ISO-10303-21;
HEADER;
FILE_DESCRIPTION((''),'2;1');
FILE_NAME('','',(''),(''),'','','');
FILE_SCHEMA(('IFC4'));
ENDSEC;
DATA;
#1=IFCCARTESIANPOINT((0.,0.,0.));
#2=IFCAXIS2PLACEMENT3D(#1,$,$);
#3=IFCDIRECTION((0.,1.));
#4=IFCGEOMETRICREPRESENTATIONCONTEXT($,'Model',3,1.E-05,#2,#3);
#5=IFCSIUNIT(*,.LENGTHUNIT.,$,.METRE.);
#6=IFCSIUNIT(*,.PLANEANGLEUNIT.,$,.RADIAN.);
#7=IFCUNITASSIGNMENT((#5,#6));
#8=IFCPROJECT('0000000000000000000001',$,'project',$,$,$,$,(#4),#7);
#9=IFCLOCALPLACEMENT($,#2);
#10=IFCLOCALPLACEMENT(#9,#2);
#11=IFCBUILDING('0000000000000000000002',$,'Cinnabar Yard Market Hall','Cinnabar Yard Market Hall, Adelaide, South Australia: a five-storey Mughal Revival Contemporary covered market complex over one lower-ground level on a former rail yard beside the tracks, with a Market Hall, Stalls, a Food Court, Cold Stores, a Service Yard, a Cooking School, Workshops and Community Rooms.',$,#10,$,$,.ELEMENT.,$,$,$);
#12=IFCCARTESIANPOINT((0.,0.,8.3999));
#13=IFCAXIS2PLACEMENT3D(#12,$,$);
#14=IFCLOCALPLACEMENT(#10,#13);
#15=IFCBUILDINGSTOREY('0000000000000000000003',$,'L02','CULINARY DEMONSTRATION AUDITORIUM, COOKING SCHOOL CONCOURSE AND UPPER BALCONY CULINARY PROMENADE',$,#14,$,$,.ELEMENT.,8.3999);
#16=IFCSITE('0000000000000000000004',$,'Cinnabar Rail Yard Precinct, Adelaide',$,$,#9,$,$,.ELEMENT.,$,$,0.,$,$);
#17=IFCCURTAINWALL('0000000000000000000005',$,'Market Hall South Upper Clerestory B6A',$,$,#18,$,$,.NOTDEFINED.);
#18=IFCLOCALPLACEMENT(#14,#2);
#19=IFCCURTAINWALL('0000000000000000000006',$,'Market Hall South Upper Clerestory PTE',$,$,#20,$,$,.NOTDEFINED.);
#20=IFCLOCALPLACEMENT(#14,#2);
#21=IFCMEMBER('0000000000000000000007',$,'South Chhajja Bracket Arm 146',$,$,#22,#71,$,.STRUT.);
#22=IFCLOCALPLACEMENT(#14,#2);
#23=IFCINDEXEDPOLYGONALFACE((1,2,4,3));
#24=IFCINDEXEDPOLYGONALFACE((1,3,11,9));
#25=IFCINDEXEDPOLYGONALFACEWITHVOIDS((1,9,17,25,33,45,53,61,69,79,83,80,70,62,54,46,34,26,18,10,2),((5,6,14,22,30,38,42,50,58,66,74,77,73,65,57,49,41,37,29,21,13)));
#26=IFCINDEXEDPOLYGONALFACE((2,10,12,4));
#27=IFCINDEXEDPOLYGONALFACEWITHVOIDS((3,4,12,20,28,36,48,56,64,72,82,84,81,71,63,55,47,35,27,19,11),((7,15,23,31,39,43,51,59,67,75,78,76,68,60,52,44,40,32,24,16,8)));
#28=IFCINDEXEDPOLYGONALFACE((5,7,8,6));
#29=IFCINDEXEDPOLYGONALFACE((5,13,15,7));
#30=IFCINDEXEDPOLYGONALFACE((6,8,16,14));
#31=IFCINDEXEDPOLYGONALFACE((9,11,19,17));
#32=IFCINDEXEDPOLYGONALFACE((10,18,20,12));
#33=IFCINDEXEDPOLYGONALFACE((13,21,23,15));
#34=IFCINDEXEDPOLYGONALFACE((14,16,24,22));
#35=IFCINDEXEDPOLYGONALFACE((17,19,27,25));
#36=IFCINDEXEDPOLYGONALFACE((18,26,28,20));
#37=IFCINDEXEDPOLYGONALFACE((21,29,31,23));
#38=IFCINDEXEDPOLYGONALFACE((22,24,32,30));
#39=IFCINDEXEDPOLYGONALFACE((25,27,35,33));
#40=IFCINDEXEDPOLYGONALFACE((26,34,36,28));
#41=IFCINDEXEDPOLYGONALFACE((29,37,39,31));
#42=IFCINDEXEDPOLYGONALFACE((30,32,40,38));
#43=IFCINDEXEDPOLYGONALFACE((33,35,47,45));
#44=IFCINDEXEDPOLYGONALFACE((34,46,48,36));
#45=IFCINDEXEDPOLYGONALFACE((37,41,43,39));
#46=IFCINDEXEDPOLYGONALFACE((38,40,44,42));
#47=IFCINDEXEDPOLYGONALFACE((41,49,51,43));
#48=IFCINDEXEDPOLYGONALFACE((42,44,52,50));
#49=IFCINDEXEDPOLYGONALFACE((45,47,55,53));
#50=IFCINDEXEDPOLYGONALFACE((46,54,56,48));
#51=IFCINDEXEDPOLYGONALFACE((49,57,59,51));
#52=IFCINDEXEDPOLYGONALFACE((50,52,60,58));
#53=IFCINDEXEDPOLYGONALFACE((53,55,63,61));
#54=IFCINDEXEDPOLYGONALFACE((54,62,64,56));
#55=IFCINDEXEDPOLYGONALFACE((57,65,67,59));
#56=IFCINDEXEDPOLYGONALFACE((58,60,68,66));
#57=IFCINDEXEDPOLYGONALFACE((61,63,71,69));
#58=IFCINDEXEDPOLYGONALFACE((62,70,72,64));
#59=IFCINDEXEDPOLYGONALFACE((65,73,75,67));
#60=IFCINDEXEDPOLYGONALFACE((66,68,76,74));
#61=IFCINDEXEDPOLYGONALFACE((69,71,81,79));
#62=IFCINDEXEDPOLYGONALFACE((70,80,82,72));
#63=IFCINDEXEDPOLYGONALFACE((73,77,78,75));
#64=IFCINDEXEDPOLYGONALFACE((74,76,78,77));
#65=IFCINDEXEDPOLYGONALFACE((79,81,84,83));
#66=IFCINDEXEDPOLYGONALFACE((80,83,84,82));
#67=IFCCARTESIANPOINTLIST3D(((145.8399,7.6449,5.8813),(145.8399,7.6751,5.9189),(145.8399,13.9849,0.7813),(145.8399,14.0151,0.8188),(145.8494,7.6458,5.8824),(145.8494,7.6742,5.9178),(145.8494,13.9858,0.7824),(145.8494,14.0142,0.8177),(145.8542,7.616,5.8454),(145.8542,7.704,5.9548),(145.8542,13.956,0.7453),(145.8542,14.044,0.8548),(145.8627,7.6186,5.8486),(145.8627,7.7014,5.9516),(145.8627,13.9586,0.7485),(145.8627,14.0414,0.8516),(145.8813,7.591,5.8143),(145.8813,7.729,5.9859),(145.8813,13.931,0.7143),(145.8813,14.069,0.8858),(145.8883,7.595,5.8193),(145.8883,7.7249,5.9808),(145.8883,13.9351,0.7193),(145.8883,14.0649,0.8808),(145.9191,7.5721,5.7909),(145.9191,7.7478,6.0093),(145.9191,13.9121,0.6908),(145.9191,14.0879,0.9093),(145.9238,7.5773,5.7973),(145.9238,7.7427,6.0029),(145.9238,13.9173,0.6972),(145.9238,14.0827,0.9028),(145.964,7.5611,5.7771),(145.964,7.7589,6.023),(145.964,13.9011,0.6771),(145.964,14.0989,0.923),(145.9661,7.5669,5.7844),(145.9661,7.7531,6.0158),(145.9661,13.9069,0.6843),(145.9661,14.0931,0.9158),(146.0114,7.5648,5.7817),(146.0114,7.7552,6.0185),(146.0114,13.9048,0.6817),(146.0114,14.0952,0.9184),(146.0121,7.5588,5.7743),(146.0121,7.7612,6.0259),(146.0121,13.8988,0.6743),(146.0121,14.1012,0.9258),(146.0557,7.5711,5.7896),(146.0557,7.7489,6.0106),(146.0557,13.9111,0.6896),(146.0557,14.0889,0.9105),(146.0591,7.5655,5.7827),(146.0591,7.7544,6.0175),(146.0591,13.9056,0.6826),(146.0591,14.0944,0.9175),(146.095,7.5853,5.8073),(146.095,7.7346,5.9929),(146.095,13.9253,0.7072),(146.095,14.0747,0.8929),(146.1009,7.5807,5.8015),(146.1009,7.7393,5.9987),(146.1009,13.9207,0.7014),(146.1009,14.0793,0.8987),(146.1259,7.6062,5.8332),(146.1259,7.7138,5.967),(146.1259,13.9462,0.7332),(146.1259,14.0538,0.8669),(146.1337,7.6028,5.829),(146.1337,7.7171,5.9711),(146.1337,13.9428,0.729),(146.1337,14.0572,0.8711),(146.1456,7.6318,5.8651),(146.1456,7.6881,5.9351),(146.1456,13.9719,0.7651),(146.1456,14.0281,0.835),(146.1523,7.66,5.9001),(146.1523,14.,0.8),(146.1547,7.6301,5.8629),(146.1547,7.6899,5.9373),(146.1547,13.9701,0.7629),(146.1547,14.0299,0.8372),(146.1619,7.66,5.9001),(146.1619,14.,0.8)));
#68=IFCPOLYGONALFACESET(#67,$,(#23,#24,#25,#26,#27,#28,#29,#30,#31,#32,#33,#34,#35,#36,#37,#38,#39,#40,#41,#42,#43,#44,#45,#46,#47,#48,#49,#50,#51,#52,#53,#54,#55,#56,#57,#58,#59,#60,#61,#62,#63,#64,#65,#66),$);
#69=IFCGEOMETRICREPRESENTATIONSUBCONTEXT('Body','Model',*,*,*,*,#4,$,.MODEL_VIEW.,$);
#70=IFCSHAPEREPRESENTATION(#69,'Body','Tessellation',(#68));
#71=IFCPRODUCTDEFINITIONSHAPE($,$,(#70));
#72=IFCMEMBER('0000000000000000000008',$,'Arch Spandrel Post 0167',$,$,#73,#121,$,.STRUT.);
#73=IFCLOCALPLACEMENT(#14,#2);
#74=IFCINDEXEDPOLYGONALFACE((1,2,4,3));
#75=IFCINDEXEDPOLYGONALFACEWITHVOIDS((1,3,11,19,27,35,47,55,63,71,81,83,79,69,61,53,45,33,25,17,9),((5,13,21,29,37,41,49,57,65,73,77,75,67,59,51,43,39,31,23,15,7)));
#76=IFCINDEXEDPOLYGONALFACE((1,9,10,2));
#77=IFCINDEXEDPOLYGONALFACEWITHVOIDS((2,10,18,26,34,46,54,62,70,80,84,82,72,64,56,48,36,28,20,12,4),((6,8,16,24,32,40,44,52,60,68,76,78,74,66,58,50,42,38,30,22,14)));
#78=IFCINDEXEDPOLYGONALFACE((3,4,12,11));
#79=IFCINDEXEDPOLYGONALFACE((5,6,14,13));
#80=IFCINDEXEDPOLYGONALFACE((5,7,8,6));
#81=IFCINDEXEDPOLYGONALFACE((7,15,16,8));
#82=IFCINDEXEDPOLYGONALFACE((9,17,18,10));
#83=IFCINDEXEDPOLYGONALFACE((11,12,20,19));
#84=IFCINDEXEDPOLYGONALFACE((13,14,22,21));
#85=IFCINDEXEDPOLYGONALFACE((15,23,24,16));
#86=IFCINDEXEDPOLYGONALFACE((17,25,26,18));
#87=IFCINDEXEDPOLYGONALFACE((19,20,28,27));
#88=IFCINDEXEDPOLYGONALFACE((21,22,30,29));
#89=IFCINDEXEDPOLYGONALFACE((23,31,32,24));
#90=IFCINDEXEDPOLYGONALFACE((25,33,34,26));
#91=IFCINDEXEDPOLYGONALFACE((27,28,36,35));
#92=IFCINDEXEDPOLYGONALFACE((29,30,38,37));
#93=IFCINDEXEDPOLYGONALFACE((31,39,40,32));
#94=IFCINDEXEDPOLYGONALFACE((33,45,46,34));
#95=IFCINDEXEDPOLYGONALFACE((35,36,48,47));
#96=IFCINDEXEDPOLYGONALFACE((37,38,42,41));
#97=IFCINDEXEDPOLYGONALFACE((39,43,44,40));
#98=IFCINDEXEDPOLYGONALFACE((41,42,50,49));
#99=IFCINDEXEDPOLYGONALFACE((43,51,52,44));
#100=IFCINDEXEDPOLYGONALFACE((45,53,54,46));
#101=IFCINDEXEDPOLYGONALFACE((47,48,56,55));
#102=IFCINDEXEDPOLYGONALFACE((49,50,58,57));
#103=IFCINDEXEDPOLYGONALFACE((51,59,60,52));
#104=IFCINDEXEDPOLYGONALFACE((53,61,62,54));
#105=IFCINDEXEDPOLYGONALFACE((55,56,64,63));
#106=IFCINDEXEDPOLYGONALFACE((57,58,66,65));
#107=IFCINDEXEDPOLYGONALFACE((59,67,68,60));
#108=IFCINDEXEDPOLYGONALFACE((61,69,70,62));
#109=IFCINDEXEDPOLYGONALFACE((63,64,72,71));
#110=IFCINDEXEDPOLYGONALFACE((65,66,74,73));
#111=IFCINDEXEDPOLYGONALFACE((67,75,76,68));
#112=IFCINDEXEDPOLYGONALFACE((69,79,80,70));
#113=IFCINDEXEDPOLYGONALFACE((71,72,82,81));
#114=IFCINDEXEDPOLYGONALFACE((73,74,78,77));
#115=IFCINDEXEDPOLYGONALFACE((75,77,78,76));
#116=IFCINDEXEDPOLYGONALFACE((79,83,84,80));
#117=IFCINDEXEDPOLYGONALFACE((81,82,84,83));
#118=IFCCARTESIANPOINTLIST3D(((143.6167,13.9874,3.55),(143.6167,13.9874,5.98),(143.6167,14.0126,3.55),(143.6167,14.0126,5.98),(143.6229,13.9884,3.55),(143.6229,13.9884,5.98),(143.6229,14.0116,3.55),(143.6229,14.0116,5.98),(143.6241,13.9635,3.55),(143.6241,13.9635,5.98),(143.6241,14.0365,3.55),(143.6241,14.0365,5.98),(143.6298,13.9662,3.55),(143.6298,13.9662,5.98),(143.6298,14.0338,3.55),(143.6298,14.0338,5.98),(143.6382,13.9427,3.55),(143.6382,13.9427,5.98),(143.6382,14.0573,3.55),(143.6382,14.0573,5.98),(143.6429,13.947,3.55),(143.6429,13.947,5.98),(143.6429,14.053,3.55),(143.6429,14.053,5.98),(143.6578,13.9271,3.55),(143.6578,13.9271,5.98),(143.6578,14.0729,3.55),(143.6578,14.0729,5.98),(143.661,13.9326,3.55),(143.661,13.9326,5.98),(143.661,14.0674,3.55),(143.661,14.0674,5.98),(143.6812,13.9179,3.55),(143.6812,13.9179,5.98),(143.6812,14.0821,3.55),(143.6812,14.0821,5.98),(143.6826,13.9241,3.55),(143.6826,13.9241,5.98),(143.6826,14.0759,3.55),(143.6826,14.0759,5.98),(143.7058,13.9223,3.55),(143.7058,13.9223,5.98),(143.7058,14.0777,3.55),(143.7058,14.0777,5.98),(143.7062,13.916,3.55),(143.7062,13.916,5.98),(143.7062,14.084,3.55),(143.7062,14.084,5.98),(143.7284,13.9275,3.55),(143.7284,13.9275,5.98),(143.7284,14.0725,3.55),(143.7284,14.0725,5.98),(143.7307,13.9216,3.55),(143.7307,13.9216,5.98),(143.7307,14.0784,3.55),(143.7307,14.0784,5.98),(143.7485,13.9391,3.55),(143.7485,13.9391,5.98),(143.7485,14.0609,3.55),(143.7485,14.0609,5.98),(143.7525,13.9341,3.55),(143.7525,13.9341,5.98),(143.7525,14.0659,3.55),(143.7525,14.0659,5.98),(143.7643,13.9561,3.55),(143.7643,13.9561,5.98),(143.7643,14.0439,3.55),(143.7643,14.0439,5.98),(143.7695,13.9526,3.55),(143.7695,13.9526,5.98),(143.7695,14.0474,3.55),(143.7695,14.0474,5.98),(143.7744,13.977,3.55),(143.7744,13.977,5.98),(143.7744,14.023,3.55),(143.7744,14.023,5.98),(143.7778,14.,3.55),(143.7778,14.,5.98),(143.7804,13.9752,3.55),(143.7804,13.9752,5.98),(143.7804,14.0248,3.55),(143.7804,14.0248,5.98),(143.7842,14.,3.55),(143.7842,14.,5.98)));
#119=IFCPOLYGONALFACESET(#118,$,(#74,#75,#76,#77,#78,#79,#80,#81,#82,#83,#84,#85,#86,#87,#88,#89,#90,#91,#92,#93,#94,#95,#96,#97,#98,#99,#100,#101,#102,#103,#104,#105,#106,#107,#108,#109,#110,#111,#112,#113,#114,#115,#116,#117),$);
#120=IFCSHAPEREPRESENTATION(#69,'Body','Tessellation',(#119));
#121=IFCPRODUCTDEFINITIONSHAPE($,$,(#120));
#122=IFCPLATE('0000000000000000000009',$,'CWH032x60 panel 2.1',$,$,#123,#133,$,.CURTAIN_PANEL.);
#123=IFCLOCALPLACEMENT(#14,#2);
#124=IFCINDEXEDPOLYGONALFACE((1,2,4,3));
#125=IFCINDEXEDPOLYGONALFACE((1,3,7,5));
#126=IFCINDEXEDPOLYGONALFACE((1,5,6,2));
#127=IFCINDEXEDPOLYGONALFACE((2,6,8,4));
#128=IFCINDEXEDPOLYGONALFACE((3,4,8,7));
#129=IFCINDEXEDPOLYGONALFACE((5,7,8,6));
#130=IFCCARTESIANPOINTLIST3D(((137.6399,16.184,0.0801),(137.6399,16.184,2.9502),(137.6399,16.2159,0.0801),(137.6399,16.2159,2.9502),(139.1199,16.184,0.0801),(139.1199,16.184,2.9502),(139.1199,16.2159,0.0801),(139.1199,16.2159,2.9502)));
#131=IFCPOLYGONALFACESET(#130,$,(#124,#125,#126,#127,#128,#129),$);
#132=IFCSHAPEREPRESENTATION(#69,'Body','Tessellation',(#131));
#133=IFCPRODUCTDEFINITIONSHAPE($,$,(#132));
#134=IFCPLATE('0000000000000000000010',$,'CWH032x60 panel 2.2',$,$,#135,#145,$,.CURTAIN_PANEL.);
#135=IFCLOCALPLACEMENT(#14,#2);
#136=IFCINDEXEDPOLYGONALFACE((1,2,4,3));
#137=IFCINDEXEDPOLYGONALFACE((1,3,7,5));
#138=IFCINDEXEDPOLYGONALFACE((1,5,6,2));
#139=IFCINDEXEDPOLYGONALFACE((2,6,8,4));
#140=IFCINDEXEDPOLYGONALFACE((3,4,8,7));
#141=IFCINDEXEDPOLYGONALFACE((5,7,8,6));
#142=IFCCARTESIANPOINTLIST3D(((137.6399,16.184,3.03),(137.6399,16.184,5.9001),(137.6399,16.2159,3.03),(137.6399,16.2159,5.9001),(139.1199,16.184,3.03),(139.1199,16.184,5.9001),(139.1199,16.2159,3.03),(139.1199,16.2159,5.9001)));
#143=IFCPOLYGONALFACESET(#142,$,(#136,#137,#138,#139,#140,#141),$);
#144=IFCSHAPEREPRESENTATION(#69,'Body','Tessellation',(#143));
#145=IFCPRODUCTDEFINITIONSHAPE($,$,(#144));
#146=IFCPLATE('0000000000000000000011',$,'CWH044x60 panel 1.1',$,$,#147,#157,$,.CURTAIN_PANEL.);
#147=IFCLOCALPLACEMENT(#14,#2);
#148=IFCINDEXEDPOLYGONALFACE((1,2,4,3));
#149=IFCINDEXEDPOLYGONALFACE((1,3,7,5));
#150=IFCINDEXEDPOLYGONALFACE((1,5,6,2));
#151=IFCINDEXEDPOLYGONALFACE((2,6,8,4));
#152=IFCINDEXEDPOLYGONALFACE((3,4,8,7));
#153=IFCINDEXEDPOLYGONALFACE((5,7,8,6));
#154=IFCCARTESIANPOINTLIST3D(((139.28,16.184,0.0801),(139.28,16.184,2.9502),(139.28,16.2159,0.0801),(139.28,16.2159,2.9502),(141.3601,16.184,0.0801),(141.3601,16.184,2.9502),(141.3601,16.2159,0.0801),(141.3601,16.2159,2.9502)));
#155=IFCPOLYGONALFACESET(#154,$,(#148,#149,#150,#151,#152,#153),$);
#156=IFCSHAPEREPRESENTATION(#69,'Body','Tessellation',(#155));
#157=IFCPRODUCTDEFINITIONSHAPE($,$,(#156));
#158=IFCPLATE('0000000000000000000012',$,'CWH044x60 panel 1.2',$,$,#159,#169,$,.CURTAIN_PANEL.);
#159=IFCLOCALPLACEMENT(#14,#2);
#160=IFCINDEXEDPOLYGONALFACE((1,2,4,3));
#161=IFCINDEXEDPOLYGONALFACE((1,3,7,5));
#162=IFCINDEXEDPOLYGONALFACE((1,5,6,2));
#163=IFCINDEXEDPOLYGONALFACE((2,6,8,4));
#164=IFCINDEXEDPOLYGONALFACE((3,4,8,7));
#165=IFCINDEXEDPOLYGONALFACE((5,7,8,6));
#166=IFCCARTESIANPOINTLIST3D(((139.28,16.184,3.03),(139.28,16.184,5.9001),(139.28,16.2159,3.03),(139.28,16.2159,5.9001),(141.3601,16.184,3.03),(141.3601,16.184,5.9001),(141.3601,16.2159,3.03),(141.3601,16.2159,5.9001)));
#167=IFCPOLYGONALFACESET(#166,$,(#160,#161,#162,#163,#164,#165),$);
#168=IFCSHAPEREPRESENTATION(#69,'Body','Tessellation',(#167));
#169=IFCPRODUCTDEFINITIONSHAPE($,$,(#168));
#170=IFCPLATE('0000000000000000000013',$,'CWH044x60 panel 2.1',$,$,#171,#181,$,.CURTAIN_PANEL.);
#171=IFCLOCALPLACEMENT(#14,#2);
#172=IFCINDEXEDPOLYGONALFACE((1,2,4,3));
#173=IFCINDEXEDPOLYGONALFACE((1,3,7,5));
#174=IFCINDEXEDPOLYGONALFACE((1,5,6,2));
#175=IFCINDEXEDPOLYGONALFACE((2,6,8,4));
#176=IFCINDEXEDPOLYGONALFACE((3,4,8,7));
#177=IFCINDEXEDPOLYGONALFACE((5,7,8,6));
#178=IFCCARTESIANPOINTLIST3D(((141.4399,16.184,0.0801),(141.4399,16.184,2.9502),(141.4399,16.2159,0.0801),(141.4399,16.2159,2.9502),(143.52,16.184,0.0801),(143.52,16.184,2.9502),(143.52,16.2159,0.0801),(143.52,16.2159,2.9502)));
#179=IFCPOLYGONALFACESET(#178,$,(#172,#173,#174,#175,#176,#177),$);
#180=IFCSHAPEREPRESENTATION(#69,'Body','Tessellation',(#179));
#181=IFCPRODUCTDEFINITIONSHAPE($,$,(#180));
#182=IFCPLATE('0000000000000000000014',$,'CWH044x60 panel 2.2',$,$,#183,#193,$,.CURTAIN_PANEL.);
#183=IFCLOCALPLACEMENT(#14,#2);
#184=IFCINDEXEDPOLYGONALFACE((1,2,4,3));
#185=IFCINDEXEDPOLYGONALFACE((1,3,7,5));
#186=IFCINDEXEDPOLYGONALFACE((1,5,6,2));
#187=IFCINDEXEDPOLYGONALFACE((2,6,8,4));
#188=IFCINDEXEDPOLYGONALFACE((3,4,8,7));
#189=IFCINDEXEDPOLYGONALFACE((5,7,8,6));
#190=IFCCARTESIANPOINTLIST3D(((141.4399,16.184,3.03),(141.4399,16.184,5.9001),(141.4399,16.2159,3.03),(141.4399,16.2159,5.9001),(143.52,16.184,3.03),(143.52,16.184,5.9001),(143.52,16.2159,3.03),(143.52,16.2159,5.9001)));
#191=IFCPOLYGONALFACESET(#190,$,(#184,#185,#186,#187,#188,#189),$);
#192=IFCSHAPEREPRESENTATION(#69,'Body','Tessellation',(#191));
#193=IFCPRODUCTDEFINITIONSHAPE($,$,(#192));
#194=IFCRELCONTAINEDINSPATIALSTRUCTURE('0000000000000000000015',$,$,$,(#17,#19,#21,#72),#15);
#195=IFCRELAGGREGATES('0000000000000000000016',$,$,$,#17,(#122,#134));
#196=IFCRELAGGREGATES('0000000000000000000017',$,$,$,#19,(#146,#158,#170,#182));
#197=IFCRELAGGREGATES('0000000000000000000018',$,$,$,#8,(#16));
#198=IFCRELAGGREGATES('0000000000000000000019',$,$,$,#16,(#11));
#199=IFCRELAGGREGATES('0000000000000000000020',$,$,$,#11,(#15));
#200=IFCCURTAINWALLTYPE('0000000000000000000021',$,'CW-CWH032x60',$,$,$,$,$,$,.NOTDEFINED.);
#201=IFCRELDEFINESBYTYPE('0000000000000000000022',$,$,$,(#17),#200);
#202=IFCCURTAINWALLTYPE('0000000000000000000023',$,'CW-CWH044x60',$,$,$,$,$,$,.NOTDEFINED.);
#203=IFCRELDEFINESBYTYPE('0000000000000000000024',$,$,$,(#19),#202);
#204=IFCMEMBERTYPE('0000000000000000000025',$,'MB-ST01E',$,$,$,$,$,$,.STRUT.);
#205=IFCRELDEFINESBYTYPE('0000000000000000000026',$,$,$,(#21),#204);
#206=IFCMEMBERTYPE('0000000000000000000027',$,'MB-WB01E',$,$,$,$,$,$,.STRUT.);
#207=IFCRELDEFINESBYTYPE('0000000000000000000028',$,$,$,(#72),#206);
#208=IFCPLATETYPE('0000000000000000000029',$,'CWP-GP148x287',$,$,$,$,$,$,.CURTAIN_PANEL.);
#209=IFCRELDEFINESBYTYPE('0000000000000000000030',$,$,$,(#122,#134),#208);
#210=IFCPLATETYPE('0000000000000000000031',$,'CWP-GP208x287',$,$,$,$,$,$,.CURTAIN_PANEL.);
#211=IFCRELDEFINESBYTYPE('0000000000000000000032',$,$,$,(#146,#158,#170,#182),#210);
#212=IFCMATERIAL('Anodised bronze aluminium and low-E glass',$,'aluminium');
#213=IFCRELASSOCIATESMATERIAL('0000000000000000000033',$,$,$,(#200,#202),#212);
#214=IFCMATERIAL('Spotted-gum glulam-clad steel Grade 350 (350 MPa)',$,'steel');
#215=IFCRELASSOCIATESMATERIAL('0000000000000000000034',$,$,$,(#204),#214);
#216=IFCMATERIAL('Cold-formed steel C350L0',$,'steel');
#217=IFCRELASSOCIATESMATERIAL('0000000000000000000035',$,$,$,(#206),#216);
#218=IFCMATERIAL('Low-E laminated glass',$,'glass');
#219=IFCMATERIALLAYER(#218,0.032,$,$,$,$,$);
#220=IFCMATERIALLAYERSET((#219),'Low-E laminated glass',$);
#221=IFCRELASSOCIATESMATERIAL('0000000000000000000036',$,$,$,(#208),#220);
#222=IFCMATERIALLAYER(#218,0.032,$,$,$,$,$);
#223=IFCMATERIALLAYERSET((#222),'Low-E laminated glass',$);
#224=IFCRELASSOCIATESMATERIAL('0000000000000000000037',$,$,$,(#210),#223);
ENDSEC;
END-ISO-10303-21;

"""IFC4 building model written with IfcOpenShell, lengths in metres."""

from ifc_helpers import new_model, si_unit, direction, frame, origin, origin_2d_with_axis, place, context, subcontext, project, spatial, rectangle, hollow_circle, extrude, material, layer, layer_set, material_profile, profile_set, type_object, element, aggregate, save


model = new_model("IFC4")

# Units and contexts
model_context = context("Model", 3, precision=1e-05, world=origin(), true_north=direction((0.0, 1.0)))
body_context = subcontext(model_context, "Body", "Model", "MODEL_VIEW")
ifc_project = project(units=[si_unit("LENGTHUNIT", "METRE"), si_unit("PLANEANGLEUNIT", "RADIAN")], contexts=[model_context])

# Site, building, storey
site_placement = place(None, origin())
site = spatial("IfcSite", under=ifc_project, at=site_placement, Name="Cinnabar Rail Yard Precinct, Adelaide", CompositionType="ELEMENT", RefElevation=0.0)
building_placement = place(site_placement, origin())
building = spatial("IfcBuilding", under=site, at=building_placement, Name="Cinnabar Yard Market Hall", Description="Cinnabar Yard Market Hall, Adelaide, South Australia: a five-storey Mughal Revival Contemporary covered market complex over one lower-ground level on a former rail yard beside the tracks, with a Market Hall, Stalls, a Food Court, Cold Stores, a Service Yard, a Cooking School, Workshops and Community Rooms.", CompositionType="ELEMENT")
storey_placement = place(building_placement, frame((0.0, 0.0, 8.3999)))
storey = spatial("IfcBuildingStorey", under=building, at=storey_placement, Name="L02", Description="CULINARY DEMONSTRATION AUDITORIUM, COOKING SCHOOL CONCOURSE AND UPPER BALCONY CULINARY PROMENADE", CompositionType="ELEMENT", Elevation=8.3999)

# Shared definitions
ifc_material_1 = material(Name="Spotted-gum glulam-clad steel Grade 350 (350 MPa)", Category="steel")

# Curtain wall
ifc_material_2 = material(Name="Anodised bronze aluminium and low-E glass", Category="aluminium")
curtain_wall_type_1 = type_object("IfcCurtainWallType", Name="CW-CWH032x60", PredefinedType="NOTDEFINED", material=ifc_material_2)
curtain_wall_1_placement = place(storey_placement, origin())
curtain_wall_1 = element("IfcCurtainWall", 1, at=curtain_wall_1_placement, inside=storey, type_object=curtain_wall_type_1, Name="Market Hall South Upper Clerestory B6A", PredefinedType="NOTDEFINED")

# Curtain wall
curtain_wall_type_2 = type_object("IfcCurtainWallType", Name="CW-CWH044x60", PredefinedType="NOTDEFINED", material=ifc_material_2)
curtain_wall_2_placement = place(storey_placement, origin())
curtain_wall_2 = element("IfcCurtainWall", 2, at=curtain_wall_2_placement, inside=storey, type_object=curtain_wall_type_2, Name="Market Hall South Upper Clerestory PTE", PredefinedType="NOTDEFINED")

# Members
ifc_material_profile_1 = material_profile(ifc_material_1, hollow_circle(Radius=0.1619, WallThickness=0.0095, at=origin_2d_with_axis()), Name="323.9x9.5CHS")
ifc_profile_set_1 = profile_set([ifc_material_profile_1], Name="Spotted-gum glulam-clad steel Grade 350 (350 MPa)")
member_type_1 = type_object("IfcMemberType", Name="MB-ST01E", PredefinedType="STRUT", material=ifc_profile_set_1)
member_1_placement = place(storey_placement, frame((146.0, 14.0, 0.8), z_axis=(0.0, -0.779186, 0.626793), x_axis=(1.0, 0.0, 0.0)))
element("IfcMember", 3, at=member_1_placement, inside=storey, type_object=member_type_1, Name="South Chhajja Bracket Arm 146", PredefinedType="STRUT", context=body_context, shape_type="SweptSolid", body=[
    extrude(hollow_circle(Radius=0.1619, WallThickness=0.0095, at=origin_2d_with_axis()), origin(), (0.0, 0.0, 1.0), 8.1367),
])
ifc_material_3 = material(Name="Cold-formed steel C350L0", Category="steel")
ifc_material_profile_2 = material_profile(ifc_material_3, hollow_circle(Radius=0.0842, WallThickness=0.0063, at=origin_2d_with_axis()), Name="168.3x6.4CHS")
ifc_profile_set_2 = profile_set([ifc_material_profile_2], Name="Cold-formed steel C350L0")
member_type_2 = type_object("IfcMemberType", Name="MB-WB01E", PredefinedType="STRUT", material=ifc_profile_set_2)
member_2_placement = place(storey_placement, frame((143.7, 14.0, 3.55), z_axis=(0.0, 0.0, 1.0), x_axis=(1.0, 0.0, 0.0)))
element("IfcMember", 4, at=member_2_placement, inside=storey, type_object=member_type_2, Name="Arch Spandrel Post 0167", PredefinedType="STRUT", context=body_context, shape_type="SweptSolid", body=[
    extrude(hollow_circle(Radius=0.0842, WallThickness=0.0063, at=origin_2d_with_axis()), origin(), (0.0, 0.0, 1.0), 2.4299),
])

# Plates
ifc_material_4 = material(Name="Low-E laminated glass", Category="glass")
ifc_layer_1 = layer(ifc_material_4, 0.032)
ifc_layer_set_1 = layer_set([ifc_layer_1], Name="Low-E laminated glass")
plate_type_1 = type_object("IfcPlateType", Name="CWP-GP148x287", PredefinedType="CURTAIN_PANEL", material=ifc_layer_set_1)
plate_1_placement = place(storey_placement, frame((138.3799, 16.2, 0.0801), z_axis=(0.0, 0.0, 1.0), x_axis=(1.0, 0.0, 0.0)))
plate_1 = element("IfcPlate", 5, at=plate_1_placement, type_object=plate_type_1, Name="CWH032x60 panel 2.1", PredefinedType="CURTAIN_PANEL", context=body_context, shape_type="SweptSolid", body=[
    extrude(rectangle(XDim=1.48, YDim=0.032, at=origin_2d_with_axis()), origin(), (0.0, 0.0, 1.0), 2.8701),
])
plate_2_placement = place(storey_placement, frame((138.3799, 16.2, 3.03), z_axis=(0.0, 0.0, 1.0), x_axis=(1.0, 0.0, 0.0)))
plate_2 = element("IfcPlate", 6, at=plate_2_placement, type_object=plate_type_1, Name="CWH032x60 panel 2.2", PredefinedType="CURTAIN_PANEL", context=body_context, shape_type="SweptSolid", body=[
    extrude(rectangle(XDim=1.48, YDim=0.032, at=origin_2d_with_axis()), origin(), (0.0, 0.0, 1.0), 2.8701),
])
aggregate(curtain_wall_1, [plate_1, plate_2])
ifc_layer_2 = layer(ifc_material_4, 0.032)
ifc_layer_set_2 = layer_set([ifc_layer_2], Name="Low-E laminated glass")
plate_type_2 = type_object("IfcPlateType", Name="CWP-GP208x287", PredefinedType="CURTAIN_PANEL", material=ifc_layer_set_2)
plate_3_placement = place(storey_placement, frame((140.3201, 16.2, 0.0801), z_axis=(0.0, 0.0, 1.0), x_axis=(1.0, 0.0, 0.0)))
plate_3 = element("IfcPlate", 7, at=plate_3_placement, type_object=plate_type_2, Name="CWH044x60 panel 1.1", PredefinedType="CURTAIN_PANEL", context=body_context, shape_type="SweptSolid", body=[
    extrude(rectangle(XDim=2.0801, YDim=0.032, at=origin_2d_with_axis()), origin(), (0.0, 0.0, 1.0), 2.8701),
])
plate_4_placement = place(storey_placement, frame((140.3201, 16.2, 3.03), z_axis=(0.0, 0.0, 1.0), x_axis=(1.0, 0.0, 0.0)))
plate_4 = element("IfcPlate", 8, at=plate_4_placement, type_object=plate_type_2, Name="CWH044x60 panel 1.2", PredefinedType="CURTAIN_PANEL", context=body_context, shape_type="SweptSolid", body=[
    extrude(rectangle(XDim=2.0801, YDim=0.032, at=origin_2d_with_axis()), origin(), (0.0, 0.0, 1.0), 2.8701),
])
plate_5_placement = place(storey_placement, frame((142.48, 16.2, 0.0801), z_axis=(0.0, 0.0, 1.0), x_axis=(1.0, 0.0, 0.0)))
plate_5 = element("IfcPlate", 9, at=plate_5_placement, type_object=plate_type_2, Name="CWH044x60 panel 2.1", PredefinedType="CURTAIN_PANEL", context=body_context, shape_type="SweptSolid", body=[
    extrude(rectangle(XDim=2.0801, YDim=0.032, at=origin_2d_with_axis()), origin(), (0.0, 0.0, 1.0), 2.8701),
])
plate_6_placement = place(storey_placement, frame((142.48, 16.2, 3.03), z_axis=(0.0, 0.0, 1.0), x_axis=(1.0, 0.0, 0.0)))
plate_6 = element("IfcPlate", 10, at=plate_6_placement, type_object=plate_type_2, Name="CWH044x60 panel 2.2", PredefinedType="CURTAIN_PANEL", context=body_context, shape_type="SweptSolid", body=[
    extrude(rectangle(XDim=2.0801, YDim=0.032, at=origin_2d_with_axis()), origin(), (0.0, 0.0, 1.0), 2.8701),
])
aggregate(curtain_wall_2, [plate_3, plate_4, plate_5, plate_6])

save(model, "model.ifc")
